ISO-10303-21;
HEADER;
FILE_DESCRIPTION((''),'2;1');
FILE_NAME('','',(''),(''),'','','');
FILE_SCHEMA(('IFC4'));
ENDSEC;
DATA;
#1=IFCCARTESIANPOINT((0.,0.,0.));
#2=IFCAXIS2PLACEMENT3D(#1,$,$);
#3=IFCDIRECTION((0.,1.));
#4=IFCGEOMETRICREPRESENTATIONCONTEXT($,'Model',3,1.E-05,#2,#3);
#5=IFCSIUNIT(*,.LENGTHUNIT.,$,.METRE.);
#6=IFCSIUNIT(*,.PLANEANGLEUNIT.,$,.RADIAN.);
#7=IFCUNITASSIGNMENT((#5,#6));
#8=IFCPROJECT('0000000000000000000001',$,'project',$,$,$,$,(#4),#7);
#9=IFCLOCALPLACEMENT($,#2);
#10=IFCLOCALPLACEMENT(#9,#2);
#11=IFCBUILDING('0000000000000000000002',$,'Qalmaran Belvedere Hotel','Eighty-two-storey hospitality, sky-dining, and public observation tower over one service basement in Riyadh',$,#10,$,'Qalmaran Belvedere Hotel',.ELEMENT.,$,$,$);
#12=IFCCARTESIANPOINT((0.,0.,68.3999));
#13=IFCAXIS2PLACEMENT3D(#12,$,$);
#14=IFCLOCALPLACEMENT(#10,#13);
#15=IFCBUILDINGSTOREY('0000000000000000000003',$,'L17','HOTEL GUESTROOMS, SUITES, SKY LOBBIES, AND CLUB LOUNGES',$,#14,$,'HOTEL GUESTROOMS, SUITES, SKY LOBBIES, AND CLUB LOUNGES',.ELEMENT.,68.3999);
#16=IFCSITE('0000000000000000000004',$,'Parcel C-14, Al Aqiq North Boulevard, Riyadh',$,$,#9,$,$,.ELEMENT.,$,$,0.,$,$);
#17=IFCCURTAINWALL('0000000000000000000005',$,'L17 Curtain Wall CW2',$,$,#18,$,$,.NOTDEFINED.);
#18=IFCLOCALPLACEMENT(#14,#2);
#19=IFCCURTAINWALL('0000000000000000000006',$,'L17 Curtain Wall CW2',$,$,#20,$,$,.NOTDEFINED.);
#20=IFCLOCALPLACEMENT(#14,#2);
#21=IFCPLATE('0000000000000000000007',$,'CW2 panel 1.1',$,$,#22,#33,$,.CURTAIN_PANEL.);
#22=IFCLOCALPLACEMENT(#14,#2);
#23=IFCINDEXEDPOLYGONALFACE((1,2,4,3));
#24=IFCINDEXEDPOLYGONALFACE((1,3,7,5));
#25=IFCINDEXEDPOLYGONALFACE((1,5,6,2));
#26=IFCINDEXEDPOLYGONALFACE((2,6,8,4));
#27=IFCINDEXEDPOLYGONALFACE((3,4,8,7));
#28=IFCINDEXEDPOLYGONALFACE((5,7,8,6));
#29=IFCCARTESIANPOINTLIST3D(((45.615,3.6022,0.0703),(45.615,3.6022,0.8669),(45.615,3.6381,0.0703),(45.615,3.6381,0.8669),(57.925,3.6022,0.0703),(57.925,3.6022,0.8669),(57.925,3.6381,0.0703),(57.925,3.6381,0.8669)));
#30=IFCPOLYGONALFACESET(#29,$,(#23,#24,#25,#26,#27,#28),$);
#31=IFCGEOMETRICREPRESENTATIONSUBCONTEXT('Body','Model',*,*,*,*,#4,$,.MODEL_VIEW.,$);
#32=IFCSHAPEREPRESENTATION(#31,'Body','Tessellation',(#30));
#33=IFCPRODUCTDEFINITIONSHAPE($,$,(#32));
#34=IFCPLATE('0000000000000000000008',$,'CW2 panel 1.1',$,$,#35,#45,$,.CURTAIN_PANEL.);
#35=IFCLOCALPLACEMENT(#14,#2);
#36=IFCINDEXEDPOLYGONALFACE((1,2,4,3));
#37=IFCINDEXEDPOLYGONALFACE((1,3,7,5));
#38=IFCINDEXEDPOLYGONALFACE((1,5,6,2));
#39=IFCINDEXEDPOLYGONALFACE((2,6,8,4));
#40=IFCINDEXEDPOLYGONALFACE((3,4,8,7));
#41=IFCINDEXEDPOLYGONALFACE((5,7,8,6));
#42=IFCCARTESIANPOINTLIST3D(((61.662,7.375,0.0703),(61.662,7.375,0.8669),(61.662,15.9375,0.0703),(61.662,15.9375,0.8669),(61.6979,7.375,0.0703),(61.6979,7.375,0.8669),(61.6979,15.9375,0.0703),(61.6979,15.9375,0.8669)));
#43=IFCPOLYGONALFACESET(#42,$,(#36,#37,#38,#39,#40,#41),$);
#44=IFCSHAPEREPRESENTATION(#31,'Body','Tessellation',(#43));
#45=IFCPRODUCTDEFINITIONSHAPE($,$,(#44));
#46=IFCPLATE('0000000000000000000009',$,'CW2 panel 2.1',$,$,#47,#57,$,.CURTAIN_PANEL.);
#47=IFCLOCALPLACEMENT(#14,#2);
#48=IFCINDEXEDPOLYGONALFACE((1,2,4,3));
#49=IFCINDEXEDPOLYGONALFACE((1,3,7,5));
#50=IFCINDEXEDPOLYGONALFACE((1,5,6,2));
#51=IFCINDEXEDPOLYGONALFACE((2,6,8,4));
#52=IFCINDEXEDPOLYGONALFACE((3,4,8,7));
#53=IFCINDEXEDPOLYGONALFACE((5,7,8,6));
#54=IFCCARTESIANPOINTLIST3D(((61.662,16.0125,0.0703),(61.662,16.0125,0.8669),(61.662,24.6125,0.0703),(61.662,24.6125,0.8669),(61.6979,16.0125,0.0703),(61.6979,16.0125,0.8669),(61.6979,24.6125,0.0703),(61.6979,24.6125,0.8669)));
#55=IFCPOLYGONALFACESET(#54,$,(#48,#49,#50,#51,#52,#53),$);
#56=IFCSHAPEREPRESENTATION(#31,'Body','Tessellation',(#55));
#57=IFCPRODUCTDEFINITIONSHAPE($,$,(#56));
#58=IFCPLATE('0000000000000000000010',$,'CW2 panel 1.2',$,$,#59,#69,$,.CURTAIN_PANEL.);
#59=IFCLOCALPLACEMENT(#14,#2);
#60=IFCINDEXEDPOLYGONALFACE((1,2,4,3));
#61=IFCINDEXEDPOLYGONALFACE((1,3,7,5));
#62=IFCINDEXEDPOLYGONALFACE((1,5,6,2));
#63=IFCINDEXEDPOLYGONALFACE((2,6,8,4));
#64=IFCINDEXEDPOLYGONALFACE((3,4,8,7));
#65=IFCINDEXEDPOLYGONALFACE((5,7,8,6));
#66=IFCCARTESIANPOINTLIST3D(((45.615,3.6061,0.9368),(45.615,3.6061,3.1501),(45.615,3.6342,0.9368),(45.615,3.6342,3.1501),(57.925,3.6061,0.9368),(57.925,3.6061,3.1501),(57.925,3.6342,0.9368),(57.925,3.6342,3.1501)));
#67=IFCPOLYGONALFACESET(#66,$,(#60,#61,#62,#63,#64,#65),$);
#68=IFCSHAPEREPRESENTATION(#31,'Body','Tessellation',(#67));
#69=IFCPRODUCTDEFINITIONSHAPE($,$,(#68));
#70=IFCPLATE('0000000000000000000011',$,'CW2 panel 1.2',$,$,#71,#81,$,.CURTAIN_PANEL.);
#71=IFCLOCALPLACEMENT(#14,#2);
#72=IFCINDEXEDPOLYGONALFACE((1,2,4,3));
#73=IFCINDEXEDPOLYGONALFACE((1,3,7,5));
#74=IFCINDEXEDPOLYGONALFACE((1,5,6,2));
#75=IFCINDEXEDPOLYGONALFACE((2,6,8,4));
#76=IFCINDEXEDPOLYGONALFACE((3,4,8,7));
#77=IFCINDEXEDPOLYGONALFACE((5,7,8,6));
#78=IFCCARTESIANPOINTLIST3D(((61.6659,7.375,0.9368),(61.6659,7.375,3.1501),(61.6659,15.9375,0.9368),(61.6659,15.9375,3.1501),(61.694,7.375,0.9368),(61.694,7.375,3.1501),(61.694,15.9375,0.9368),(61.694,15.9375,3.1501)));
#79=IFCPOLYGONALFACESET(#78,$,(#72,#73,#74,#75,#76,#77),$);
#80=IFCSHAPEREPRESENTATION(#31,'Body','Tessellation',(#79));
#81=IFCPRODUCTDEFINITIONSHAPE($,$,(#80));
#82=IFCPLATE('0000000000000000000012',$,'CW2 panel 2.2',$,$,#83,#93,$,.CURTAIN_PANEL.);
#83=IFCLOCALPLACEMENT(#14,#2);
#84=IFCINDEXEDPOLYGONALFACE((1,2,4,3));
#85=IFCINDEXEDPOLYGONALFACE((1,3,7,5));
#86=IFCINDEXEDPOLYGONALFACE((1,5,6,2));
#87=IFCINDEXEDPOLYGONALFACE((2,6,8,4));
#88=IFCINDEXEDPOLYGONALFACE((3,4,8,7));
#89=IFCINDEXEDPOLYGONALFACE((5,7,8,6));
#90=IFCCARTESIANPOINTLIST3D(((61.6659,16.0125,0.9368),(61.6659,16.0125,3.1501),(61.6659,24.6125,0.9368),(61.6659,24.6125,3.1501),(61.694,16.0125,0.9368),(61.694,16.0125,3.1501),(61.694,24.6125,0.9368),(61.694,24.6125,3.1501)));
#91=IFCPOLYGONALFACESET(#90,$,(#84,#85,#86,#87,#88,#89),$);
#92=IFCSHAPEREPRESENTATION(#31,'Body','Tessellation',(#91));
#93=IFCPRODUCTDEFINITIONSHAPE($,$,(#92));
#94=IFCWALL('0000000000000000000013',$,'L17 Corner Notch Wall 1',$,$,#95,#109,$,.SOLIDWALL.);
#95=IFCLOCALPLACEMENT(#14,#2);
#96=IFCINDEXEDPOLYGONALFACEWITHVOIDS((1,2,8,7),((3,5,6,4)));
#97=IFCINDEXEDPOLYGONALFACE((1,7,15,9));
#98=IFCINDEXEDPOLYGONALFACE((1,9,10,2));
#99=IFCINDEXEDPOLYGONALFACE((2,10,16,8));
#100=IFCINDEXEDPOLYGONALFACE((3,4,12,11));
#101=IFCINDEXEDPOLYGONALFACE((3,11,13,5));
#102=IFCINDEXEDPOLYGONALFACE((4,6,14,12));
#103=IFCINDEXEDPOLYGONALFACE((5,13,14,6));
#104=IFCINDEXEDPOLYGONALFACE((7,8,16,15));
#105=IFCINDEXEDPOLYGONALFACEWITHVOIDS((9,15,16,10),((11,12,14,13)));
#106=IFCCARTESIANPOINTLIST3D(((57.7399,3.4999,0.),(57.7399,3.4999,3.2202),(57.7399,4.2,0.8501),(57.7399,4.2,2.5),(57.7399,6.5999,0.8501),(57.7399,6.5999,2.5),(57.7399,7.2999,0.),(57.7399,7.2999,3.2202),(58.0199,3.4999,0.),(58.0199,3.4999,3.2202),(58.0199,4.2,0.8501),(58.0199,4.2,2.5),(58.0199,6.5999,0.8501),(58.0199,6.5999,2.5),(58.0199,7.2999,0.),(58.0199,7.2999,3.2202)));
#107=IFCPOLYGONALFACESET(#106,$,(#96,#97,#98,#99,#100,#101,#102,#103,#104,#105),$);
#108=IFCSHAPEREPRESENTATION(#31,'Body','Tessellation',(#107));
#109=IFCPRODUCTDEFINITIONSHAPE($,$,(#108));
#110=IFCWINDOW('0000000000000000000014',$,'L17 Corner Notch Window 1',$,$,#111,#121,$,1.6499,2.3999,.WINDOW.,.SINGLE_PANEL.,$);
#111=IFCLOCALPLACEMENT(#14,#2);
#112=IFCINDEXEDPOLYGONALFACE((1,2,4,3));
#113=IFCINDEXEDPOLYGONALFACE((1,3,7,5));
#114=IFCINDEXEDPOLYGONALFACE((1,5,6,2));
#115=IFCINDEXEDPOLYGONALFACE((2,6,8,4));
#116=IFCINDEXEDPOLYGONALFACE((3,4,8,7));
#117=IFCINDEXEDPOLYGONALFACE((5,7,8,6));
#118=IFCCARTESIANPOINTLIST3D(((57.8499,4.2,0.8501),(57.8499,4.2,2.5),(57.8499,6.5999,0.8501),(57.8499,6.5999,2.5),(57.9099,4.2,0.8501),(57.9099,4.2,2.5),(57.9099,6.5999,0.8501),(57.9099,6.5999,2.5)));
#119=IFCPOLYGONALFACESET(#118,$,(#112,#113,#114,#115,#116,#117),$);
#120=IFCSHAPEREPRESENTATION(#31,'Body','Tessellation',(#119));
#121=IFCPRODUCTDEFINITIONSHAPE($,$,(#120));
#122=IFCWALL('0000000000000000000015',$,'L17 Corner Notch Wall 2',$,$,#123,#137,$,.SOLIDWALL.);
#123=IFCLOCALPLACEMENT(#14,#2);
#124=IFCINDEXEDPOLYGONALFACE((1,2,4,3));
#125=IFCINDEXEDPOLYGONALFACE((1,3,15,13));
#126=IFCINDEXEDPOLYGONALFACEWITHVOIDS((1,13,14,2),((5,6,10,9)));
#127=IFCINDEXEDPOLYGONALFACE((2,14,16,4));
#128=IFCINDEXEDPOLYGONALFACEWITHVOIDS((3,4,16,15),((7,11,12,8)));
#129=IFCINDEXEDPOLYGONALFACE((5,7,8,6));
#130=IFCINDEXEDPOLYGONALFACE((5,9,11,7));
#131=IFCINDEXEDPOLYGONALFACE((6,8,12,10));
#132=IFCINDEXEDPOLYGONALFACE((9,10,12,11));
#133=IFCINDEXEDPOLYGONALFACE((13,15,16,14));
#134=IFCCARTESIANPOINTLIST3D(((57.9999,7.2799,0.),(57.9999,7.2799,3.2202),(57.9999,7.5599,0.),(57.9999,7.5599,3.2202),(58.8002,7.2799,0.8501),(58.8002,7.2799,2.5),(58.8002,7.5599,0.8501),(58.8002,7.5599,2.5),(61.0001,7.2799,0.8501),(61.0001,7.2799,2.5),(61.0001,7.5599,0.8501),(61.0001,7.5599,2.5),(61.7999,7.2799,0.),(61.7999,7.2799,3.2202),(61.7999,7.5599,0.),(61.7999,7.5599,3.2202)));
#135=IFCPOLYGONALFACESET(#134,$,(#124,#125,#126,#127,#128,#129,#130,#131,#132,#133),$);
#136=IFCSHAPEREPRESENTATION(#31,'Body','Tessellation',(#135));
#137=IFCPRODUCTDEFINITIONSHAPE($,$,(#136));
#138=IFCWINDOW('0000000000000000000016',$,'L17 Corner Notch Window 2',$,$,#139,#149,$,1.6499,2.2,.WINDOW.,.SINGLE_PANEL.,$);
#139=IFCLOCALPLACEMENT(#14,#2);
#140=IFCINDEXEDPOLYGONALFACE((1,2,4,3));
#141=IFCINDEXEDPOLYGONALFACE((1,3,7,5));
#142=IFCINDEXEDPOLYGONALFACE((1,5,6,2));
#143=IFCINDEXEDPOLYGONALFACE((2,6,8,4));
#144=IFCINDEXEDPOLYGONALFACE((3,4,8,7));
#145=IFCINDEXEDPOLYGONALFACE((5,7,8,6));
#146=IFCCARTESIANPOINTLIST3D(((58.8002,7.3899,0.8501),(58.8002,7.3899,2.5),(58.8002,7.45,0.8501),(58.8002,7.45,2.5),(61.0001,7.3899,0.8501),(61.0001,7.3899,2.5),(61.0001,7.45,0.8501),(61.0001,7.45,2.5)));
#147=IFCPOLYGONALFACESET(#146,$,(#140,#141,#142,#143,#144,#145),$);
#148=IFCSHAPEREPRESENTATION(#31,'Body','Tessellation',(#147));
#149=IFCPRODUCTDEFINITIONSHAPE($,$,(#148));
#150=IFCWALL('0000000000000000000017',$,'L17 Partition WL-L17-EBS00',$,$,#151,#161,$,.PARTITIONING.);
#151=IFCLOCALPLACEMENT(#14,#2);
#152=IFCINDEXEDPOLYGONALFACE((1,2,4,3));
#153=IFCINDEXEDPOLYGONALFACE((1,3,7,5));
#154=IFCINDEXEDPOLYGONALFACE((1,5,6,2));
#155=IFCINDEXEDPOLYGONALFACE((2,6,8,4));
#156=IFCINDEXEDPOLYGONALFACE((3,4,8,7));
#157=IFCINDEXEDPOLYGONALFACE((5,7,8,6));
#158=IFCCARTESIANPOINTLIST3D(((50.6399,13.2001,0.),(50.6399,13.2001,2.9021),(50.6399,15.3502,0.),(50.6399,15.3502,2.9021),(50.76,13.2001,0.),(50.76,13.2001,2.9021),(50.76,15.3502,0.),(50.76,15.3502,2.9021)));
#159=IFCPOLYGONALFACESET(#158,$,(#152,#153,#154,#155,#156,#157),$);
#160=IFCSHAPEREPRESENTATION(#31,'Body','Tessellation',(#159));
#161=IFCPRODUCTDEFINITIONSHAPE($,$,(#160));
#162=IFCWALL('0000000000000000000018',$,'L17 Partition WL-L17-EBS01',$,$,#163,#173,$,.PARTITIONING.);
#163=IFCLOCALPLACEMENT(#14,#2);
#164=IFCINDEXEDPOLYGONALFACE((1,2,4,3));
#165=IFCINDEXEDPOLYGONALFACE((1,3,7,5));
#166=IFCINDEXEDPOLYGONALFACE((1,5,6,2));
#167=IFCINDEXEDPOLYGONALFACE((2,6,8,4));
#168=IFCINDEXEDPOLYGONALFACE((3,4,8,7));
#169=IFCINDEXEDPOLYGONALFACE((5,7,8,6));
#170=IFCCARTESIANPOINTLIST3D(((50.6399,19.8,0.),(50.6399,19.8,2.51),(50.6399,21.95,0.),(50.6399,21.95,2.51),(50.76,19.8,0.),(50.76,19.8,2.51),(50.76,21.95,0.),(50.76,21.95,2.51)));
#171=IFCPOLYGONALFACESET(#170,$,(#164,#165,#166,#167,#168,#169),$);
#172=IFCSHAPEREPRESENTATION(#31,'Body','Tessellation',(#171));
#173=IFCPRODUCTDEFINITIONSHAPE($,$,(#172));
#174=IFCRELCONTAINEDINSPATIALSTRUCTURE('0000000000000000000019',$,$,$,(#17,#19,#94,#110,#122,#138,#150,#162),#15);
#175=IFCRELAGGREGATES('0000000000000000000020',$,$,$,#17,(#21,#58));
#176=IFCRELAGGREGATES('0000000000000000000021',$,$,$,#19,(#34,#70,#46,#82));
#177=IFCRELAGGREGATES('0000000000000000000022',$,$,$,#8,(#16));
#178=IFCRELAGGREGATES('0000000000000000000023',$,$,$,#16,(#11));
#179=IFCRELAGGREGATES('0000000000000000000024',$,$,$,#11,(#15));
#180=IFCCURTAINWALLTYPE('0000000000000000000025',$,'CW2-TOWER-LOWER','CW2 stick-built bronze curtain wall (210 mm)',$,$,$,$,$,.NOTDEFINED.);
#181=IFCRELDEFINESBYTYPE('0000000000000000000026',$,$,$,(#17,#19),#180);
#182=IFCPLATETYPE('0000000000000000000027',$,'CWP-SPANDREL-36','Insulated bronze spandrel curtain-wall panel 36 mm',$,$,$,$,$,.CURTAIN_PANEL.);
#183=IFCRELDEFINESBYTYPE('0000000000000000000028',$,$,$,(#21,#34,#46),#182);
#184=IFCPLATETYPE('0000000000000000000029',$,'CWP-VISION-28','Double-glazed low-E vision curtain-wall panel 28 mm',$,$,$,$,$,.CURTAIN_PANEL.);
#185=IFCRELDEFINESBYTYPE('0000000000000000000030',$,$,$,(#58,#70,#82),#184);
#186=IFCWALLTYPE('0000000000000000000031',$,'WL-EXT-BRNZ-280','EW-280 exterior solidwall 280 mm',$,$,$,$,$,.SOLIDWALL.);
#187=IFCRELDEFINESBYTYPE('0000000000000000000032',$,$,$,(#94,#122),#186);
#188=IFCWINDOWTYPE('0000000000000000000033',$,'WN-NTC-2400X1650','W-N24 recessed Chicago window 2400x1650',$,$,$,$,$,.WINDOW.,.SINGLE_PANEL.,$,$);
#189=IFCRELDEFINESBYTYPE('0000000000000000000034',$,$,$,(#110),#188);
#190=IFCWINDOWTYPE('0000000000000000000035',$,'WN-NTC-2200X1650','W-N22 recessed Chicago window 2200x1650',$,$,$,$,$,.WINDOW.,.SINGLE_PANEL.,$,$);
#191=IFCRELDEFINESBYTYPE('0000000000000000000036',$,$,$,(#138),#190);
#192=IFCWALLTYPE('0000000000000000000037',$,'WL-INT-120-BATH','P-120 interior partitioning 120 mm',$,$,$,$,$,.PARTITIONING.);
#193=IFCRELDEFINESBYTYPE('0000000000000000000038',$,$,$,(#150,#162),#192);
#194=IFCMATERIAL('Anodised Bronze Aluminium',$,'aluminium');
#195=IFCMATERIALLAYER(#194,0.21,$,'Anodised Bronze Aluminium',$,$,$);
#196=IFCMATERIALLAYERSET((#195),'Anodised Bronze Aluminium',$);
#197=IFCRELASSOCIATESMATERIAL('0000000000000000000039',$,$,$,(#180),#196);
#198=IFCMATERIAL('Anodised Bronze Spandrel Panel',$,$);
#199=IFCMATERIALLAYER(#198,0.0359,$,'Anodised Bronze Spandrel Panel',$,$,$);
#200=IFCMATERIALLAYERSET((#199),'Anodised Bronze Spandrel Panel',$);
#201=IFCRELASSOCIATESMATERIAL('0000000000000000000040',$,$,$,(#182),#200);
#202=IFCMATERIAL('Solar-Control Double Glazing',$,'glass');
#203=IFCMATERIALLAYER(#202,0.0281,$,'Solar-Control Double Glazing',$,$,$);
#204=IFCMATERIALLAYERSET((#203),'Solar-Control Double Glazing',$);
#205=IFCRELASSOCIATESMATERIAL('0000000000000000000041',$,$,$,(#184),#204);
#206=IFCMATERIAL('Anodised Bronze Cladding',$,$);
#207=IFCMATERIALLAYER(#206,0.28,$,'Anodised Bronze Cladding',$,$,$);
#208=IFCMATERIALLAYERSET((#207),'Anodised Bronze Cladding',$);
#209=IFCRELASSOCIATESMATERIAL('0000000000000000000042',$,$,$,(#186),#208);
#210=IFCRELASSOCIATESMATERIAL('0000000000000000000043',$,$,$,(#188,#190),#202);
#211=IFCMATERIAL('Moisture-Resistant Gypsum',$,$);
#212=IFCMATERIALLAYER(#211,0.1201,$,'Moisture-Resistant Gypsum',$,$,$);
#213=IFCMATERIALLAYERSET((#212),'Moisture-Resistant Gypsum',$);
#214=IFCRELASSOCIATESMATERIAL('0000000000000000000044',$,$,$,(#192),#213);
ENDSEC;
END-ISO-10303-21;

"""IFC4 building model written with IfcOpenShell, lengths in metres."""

from ifc_helpers import new_model, si_unit, direction, frame, frame_2d, origin, origin_2d, place, context, subcontext, project, spatial, rectangle, extrude, material, layer, layer_set, type_object, element, fill, aggregate, save


model = new_model("IFC4")

# Units and contexts
model_context = context("Model", 3, precision=1e-05, world=origin(), true_north=direction((0.0, 1.0)))
body_context = subcontext(model_context, "Body", "Model", "MODEL_VIEW")
ifc_project = project(units=[si_unit("LENGTHUNIT", "METRE"), si_unit("PLANEANGLEUNIT", "RADIAN")], contexts=[model_context])

# Site, building, storey
site_placement = place(None, origin())
site = spatial("IfcSite", under=ifc_project, at=site_placement, Name="Parcel C-14, Al Aqiq North Boulevard, Riyadh", CompositionType="ELEMENT", RefElevation=0.0)
building_placement = place(site_placement, origin())
building = spatial("IfcBuilding", under=site, at=building_placement, Name="Qalmaran Belvedere Hotel", Description="Eighty-two-storey hospitality, sky-dining, and public observation tower over one service basement in Riyadh", LongName="Qalmaran Belvedere Hotel", CompositionType="ELEMENT")
storey_placement = place(building_placement, frame((0.0, 0.0, 68.3999)))
storey = spatial("IfcBuildingStorey", under=building, at=storey_placement, Name="L17", Description="HOTEL GUESTROOMS, SUITES, SKY LOBBIES, AND CLUB LOUNGES", LongName="HOTEL GUESTROOMS, SUITES, SKY LOBBIES, AND CLUB LOUNGES", CompositionType="ELEMENT", Elevation=68.3999)

# Curtain wall
ifc_material_1 = material(Name="Anodised Bronze Aluminium", Category="aluminium")
ifc_layer_1 = layer(ifc_material_1, 0.21, Name="Anodised Bronze Aluminium")
ifc_layer_set_1 = layer_set([ifc_layer_1], Name="Anodised Bronze Aluminium")
curtain_wall_type = type_object("IfcCurtainWallType", Name="CW2-TOWER-LOWER", Description="CW2 stick-built bronze curtain wall (210 mm)", PredefinedType="NOTDEFINED", material=ifc_layer_set_1)
curtain_wall_1_placement = place(storey_placement, origin())
curtain_wall_1 = element("IfcCurtainWall", 1, at=curtain_wall_1_placement, inside=storey, type_object=curtain_wall_type, Name="L17 Curtain Wall CW2", PredefinedType="NOTDEFINED")

# Curtain wall
curtain_wall_2_placement = place(storey_placement, origin())
curtain_wall_2 = element("IfcCurtainWall", 2, at=curtain_wall_2_placement, inside=storey, type_object=curtain_wall_type, Name="L17 Curtain Wall CW2", PredefinedType="NOTDEFINED")

# Plates
ifc_material_2 = material(Name="Anodised Bronze Spandrel Panel")
ifc_layer_2 = layer(ifc_material_2, 0.0359, Name="Anodised Bronze Spandrel Panel")
ifc_layer_set_2 = layer_set([ifc_layer_2], Name="Anodised Bronze Spandrel Panel")
plate_type_1 = type_object("IfcPlateType", Name="CWP-SPANDREL-36", Description="Insulated bronze spandrel curtain-wall panel 36 mm", PredefinedType="CURTAIN_PANEL", material=ifc_layer_set_2)
plate_1_placement = place(storey_placement, frame((51.77, 3.6201, 0.0703), z_axis=(0.0, 0.0, 1.0), x_axis=(1.0, 0.0, 0.0)))
plate_1 = element("IfcPlate", 3, at=plate_1_placement, type_object=plate_type_1, Name="CW2 panel 1.1", PredefinedType="CURTAIN_PANEL", context=body_context, shape_type="SweptSolid", body=[
    extrude(rectangle(XDim=12.3101, YDim=0.0359, at=origin_2d()), origin(), (0.0, 0.0, 1.0), 0.7966),
])
plate_2_placement = place(storey_placement, frame((61.6799, 11.6562, 0.0703), z_axis=(0.0, 0.0, 1.0), x_axis=(0.0, 1.0, 0.0)))
plate_2 = element("IfcPlate", 4, at=plate_2_placement, type_object=plate_type_1, Name="CW2 panel 1.1", PredefinedType="CURTAIN_PANEL", context=body_context, shape_type="SweptSolid", body=[
    extrude(rectangle(XDim=8.5625, YDim=0.0359, at=origin_2d()), origin(), (0.0, 0.0, 1.0), 0.7966),
])
plate_3_placement = place(storey_placement, frame((61.6799, 20.3125, 0.0703), z_axis=(0.0, 0.0, 1.0), x_axis=(0.0, 1.0, 0.0)))
plate_3 = element("IfcPlate", 5, at=plate_3_placement, type_object=plate_type_1, Name="CW2 panel 2.1", PredefinedType="CURTAIN_PANEL", context=body_context, shape_type="SweptSolid", body=[
    extrude(rectangle(XDim=8.6001, YDim=0.0359, at=origin_2d()), origin(), (0.0, 0.0, 1.0), 0.7966),
])
ifc_material_3 = material(Name="Solar-Control Double Glazing", Category="glass")
ifc_layer_3 = layer(ifc_material_3, 0.0281, Name="Solar-Control Double Glazing")
ifc_layer_set_3 = layer_set([ifc_layer_3], Name="Solar-Control Double Glazing")
plate_type_2 = type_object("IfcPlateType", Name="CWP-VISION-28", Description="Double-glazed low-E vision curtain-wall panel 28 mm", PredefinedType="CURTAIN_PANEL", material=ifc_layer_set_3)
plate_4_placement = place(storey_placement, frame((51.77, 3.6201, 0.9368), z_axis=(0.0, 0.0, 1.0), x_axis=(1.0, 0.0, 0.0)))
plate_4 = element("IfcPlate", 6, at=plate_4_placement, type_object=plate_type_2, Name="CW2 panel 1.2", PredefinedType="CURTAIN_PANEL", context=body_context, shape_type="SweptSolid", body=[
    extrude(rectangle(XDim=12.3101, YDim=0.0281, at=origin_2d()), origin(), (0.0, 0.0, 1.0), 2.2134),
])
aggregate(curtain_wall_1, [plate_1, plate_4])
plate_5_placement = place(storey_placement, frame((61.6799, 11.6562, 0.9368), z_axis=(0.0, 0.0, 1.0), x_axis=(0.0, 1.0, 0.0)))
plate_5 = element("IfcPlate", 7, at=plate_5_placement, type_object=plate_type_2, Name="CW2 panel 1.2", PredefinedType="CURTAIN_PANEL", context=body_context, shape_type="SweptSolid", body=[
    extrude(rectangle(XDim=8.5625, YDim=0.0281, at=origin_2d()), origin(), (0.0, 0.0, 1.0), 2.2134),
])
plate_6_placement = place(storey_placement, frame((61.6799, 20.3125, 0.9368), z_axis=(0.0, 0.0, 1.0), x_axis=(0.0, 1.0, 0.0)))
plate_6 = element("IfcPlate", 8, at=plate_6_placement, type_object=plate_type_2, Name="CW2 panel 2.2", PredefinedType="CURTAIN_PANEL", context=body_context, shape_type="SweptSolid", body=[
    extrude(rectangle(XDim=8.6001, YDim=0.0281, at=origin_2d()), origin(), (0.0, 0.0, 1.0), 2.2134),
])
aggregate(curtain_wall_2, [plate_2, plate_5, plate_3, plate_6])

# Walls, openings, windows
ifc_material_4 = material(Name="Anodised Bronze Cladding")
ifc_layer_4 = layer(ifc_material_4, 0.28, Name="Anodised Bronze Cladding")
ifc_layer_set_4 = layer_set([ifc_layer_4], Name="Anodised Bronze Cladding")
wall_type_1 = type_object("IfcWallType", Name="WL-EXT-BRNZ-280", Description="EW-280 exterior solidwall 280 mm", PredefinedType="SOLIDWALL", material=ifc_layer_set_4)
wall_1_placement = place(storey_placement, frame((57.8799, 3.5, 0.0), z_axis=(0.0, 0.0, 1.0), x_axis=(0.0, 1.0, 0.0)))
wall_1 = element("IfcWall", 9, at=wall_1_placement, inside=storey, type_object=wall_type_1, Name="L17 Corner Notch Wall 1", PredefinedType="SOLIDWALL", context=body_context, shape_type="SweptSolid", body=[
    extrude(rectangle(XDim=3.8, YDim=0.28, at=frame_2d((1.8999, 0.0))), origin(), (0.0, 0.0, 1.0), 3.2202),
])
opening_1_placement = place(wall_1_placement, frame((0.7, 0.0, 0.8501)))
opening_1 = element("IfcOpeningElement", 10, at=opening_1_placement, cuts=wall_1, PredefinedType="OPENING", context=body_context, shape_type="SweptSolid", body=[
    extrude(rectangle(XDim=2.3999, YDim=1.6499, at=frame_2d((1.2, 0.825))), frame((0.0, 0.1499, 0.0), z_axis=(0.0, -1.0, 0.0), x_axis=(1.0, 0.0, 0.0)), (0.0, 0.0, 1.0), 0.3),
])
window_type_1 = type_object("IfcWindowType", Name="WN-NTC-2400X1650", Description="W-N24 recessed Chicago window 2400x1650", PartitioningType="SINGLE_PANEL", PredefinedType="WINDOW", material=ifc_material_3)
window_1_placement = place(opening_1_placement, origin())
window_1 = element("IfcWindow", 11, at=window_1_placement, inside=storey, type_object=window_type_1, Name="L17 Corner Notch Window 1", OverallHeight=1.6499, OverallWidth=2.3999, PartitioningType="SINGLE_PANEL", PredefinedType="WINDOW", context=body_context, shape_type="SweptSolid", body=[
    extrude(rectangle(XDim=2.3999, YDim=1.6499, at=frame_2d((1.2, 0.825))), frame((0.0, 0.03, 0.0), z_axis=(0.0, -1.0, 0.0), x_axis=(1.0, 0.0, 0.0)), (0.0, 0.0, 1.0), 0.0601),
])
fill(opening_1, window_1)
wall_2_placement = place(storey_placement, frame((58.0, 7.4199, 0.0), z_axis=(0.0, 0.0, 1.0), x_axis=(1.0, 0.0, 0.0)))
wall_2 = element("IfcWall", 12, at=wall_2_placement, inside=storey, type_object=wall_type_1, Name="L17 Corner Notch Wall 2", PredefinedType="SOLIDWALL", context=body_context, shape_type="SweptSolid", body=[
    extrude(rectangle(XDim=3.8, YDim=0.28, at=frame_2d((1.8999, 0.0))), origin(), (0.0, 0.0, 1.0), 3.2202),
])
opening_2_placement = place(wall_2_placement, frame((0.8, 0.0, 0.8501)))
opening_2 = element("IfcOpeningElement", 13, at=opening_2_placement, cuts=wall_2, PredefinedType="OPENING", context=body_context, shape_type="SweptSolid", body=[
    extrude(rectangle(XDim=2.2, YDim=1.6499, at=frame_2d((1.1001, 0.825))), frame((0.0, 0.1499, 0.0), z_axis=(0.0, -1.0, 0.0), x_axis=(1.0, 0.0, 0.0)), (0.0, 0.0, 1.0), 0.3),
])
window_type_2 = type_object("IfcWindowType", Name="WN-NTC-2200X1650", Description="W-N22 recessed Chicago window 2200x1650", PartitioningType="SINGLE_PANEL", PredefinedType="WINDOW", material=ifc_material_3)
window_2_placement = place(opening_2_placement, origin())
window_2 = element("IfcWindow", 14, at=window_2_placement, inside=storey, type_object=window_type_2, Name="L17 Corner Notch Window 2", OverallHeight=1.6499, OverallWidth=2.2, PartitioningType="SINGLE_PANEL", PredefinedType="WINDOW", context=body_context, shape_type="SweptSolid", body=[
    extrude(rectangle(XDim=2.2, YDim=1.6499, at=frame_2d((1.1001, 0.825))), frame((0.0, 0.03, 0.0), z_axis=(0.0, -1.0, 0.0), x_axis=(1.0, 0.0, 0.0)), (0.0, 0.0, 1.0), 0.0601),
])
fill(opening_2, window_2)

# Walls
ifc_material_5 = material(Name="Moisture-Resistant Gypsum")
ifc_layer_5 = layer(ifc_material_5, 0.1201, Name="Moisture-Resistant Gypsum")
ifc_layer_set_5 = layer_set([ifc_layer_5], Name="Moisture-Resistant Gypsum")
wall_type_2 = type_object("IfcWallType", Name="WL-INT-120-BATH", Description="P-120 interior partitioning 120 mm", PredefinedType="PARTITIONING", material=ifc_layer_set_5)
wall_3_placement = place(storey_placement, frame((50.7, 13.2, 0.0), z_axis=(0.0, 0.0, 1.0), x_axis=(0.0, 1.0, 0.0)))
element("IfcWall", 15, at=wall_3_placement, inside=storey, type_object=wall_type_2, Name="L17 Partition WL-L17-EBS00", PredefinedType="PARTITIONING", context=body_context, shape_type="SweptSolid", body=[
    extrude(rectangle(XDim=2.1501, YDim=0.1201, at=frame_2d((1.0752, 0.0))), origin(), (0.0, 0.0, 1.0), 2.9021),
])
wall_4_placement = place(storey_placement, frame((50.7, 19.8, 0.0), z_axis=(0.0, 0.0, 1.0), x_axis=(0.0, 1.0, 0.0)))
element("IfcWall", 16, at=wall_4_placement, inside=storey, type_object=wall_type_2, Name="L17 Partition WL-L17-EBS01", PredefinedType="PARTITIONING", context=body_context, shape_type="SweptSolid", body=[
    extrude(rectangle(XDim=2.1499, YDim=0.1201, at=frame_2d((1.075, 0.0))), origin(), (0.0, 0.0, 1.0), 2.51),
])

save(model, "model.ifc")
